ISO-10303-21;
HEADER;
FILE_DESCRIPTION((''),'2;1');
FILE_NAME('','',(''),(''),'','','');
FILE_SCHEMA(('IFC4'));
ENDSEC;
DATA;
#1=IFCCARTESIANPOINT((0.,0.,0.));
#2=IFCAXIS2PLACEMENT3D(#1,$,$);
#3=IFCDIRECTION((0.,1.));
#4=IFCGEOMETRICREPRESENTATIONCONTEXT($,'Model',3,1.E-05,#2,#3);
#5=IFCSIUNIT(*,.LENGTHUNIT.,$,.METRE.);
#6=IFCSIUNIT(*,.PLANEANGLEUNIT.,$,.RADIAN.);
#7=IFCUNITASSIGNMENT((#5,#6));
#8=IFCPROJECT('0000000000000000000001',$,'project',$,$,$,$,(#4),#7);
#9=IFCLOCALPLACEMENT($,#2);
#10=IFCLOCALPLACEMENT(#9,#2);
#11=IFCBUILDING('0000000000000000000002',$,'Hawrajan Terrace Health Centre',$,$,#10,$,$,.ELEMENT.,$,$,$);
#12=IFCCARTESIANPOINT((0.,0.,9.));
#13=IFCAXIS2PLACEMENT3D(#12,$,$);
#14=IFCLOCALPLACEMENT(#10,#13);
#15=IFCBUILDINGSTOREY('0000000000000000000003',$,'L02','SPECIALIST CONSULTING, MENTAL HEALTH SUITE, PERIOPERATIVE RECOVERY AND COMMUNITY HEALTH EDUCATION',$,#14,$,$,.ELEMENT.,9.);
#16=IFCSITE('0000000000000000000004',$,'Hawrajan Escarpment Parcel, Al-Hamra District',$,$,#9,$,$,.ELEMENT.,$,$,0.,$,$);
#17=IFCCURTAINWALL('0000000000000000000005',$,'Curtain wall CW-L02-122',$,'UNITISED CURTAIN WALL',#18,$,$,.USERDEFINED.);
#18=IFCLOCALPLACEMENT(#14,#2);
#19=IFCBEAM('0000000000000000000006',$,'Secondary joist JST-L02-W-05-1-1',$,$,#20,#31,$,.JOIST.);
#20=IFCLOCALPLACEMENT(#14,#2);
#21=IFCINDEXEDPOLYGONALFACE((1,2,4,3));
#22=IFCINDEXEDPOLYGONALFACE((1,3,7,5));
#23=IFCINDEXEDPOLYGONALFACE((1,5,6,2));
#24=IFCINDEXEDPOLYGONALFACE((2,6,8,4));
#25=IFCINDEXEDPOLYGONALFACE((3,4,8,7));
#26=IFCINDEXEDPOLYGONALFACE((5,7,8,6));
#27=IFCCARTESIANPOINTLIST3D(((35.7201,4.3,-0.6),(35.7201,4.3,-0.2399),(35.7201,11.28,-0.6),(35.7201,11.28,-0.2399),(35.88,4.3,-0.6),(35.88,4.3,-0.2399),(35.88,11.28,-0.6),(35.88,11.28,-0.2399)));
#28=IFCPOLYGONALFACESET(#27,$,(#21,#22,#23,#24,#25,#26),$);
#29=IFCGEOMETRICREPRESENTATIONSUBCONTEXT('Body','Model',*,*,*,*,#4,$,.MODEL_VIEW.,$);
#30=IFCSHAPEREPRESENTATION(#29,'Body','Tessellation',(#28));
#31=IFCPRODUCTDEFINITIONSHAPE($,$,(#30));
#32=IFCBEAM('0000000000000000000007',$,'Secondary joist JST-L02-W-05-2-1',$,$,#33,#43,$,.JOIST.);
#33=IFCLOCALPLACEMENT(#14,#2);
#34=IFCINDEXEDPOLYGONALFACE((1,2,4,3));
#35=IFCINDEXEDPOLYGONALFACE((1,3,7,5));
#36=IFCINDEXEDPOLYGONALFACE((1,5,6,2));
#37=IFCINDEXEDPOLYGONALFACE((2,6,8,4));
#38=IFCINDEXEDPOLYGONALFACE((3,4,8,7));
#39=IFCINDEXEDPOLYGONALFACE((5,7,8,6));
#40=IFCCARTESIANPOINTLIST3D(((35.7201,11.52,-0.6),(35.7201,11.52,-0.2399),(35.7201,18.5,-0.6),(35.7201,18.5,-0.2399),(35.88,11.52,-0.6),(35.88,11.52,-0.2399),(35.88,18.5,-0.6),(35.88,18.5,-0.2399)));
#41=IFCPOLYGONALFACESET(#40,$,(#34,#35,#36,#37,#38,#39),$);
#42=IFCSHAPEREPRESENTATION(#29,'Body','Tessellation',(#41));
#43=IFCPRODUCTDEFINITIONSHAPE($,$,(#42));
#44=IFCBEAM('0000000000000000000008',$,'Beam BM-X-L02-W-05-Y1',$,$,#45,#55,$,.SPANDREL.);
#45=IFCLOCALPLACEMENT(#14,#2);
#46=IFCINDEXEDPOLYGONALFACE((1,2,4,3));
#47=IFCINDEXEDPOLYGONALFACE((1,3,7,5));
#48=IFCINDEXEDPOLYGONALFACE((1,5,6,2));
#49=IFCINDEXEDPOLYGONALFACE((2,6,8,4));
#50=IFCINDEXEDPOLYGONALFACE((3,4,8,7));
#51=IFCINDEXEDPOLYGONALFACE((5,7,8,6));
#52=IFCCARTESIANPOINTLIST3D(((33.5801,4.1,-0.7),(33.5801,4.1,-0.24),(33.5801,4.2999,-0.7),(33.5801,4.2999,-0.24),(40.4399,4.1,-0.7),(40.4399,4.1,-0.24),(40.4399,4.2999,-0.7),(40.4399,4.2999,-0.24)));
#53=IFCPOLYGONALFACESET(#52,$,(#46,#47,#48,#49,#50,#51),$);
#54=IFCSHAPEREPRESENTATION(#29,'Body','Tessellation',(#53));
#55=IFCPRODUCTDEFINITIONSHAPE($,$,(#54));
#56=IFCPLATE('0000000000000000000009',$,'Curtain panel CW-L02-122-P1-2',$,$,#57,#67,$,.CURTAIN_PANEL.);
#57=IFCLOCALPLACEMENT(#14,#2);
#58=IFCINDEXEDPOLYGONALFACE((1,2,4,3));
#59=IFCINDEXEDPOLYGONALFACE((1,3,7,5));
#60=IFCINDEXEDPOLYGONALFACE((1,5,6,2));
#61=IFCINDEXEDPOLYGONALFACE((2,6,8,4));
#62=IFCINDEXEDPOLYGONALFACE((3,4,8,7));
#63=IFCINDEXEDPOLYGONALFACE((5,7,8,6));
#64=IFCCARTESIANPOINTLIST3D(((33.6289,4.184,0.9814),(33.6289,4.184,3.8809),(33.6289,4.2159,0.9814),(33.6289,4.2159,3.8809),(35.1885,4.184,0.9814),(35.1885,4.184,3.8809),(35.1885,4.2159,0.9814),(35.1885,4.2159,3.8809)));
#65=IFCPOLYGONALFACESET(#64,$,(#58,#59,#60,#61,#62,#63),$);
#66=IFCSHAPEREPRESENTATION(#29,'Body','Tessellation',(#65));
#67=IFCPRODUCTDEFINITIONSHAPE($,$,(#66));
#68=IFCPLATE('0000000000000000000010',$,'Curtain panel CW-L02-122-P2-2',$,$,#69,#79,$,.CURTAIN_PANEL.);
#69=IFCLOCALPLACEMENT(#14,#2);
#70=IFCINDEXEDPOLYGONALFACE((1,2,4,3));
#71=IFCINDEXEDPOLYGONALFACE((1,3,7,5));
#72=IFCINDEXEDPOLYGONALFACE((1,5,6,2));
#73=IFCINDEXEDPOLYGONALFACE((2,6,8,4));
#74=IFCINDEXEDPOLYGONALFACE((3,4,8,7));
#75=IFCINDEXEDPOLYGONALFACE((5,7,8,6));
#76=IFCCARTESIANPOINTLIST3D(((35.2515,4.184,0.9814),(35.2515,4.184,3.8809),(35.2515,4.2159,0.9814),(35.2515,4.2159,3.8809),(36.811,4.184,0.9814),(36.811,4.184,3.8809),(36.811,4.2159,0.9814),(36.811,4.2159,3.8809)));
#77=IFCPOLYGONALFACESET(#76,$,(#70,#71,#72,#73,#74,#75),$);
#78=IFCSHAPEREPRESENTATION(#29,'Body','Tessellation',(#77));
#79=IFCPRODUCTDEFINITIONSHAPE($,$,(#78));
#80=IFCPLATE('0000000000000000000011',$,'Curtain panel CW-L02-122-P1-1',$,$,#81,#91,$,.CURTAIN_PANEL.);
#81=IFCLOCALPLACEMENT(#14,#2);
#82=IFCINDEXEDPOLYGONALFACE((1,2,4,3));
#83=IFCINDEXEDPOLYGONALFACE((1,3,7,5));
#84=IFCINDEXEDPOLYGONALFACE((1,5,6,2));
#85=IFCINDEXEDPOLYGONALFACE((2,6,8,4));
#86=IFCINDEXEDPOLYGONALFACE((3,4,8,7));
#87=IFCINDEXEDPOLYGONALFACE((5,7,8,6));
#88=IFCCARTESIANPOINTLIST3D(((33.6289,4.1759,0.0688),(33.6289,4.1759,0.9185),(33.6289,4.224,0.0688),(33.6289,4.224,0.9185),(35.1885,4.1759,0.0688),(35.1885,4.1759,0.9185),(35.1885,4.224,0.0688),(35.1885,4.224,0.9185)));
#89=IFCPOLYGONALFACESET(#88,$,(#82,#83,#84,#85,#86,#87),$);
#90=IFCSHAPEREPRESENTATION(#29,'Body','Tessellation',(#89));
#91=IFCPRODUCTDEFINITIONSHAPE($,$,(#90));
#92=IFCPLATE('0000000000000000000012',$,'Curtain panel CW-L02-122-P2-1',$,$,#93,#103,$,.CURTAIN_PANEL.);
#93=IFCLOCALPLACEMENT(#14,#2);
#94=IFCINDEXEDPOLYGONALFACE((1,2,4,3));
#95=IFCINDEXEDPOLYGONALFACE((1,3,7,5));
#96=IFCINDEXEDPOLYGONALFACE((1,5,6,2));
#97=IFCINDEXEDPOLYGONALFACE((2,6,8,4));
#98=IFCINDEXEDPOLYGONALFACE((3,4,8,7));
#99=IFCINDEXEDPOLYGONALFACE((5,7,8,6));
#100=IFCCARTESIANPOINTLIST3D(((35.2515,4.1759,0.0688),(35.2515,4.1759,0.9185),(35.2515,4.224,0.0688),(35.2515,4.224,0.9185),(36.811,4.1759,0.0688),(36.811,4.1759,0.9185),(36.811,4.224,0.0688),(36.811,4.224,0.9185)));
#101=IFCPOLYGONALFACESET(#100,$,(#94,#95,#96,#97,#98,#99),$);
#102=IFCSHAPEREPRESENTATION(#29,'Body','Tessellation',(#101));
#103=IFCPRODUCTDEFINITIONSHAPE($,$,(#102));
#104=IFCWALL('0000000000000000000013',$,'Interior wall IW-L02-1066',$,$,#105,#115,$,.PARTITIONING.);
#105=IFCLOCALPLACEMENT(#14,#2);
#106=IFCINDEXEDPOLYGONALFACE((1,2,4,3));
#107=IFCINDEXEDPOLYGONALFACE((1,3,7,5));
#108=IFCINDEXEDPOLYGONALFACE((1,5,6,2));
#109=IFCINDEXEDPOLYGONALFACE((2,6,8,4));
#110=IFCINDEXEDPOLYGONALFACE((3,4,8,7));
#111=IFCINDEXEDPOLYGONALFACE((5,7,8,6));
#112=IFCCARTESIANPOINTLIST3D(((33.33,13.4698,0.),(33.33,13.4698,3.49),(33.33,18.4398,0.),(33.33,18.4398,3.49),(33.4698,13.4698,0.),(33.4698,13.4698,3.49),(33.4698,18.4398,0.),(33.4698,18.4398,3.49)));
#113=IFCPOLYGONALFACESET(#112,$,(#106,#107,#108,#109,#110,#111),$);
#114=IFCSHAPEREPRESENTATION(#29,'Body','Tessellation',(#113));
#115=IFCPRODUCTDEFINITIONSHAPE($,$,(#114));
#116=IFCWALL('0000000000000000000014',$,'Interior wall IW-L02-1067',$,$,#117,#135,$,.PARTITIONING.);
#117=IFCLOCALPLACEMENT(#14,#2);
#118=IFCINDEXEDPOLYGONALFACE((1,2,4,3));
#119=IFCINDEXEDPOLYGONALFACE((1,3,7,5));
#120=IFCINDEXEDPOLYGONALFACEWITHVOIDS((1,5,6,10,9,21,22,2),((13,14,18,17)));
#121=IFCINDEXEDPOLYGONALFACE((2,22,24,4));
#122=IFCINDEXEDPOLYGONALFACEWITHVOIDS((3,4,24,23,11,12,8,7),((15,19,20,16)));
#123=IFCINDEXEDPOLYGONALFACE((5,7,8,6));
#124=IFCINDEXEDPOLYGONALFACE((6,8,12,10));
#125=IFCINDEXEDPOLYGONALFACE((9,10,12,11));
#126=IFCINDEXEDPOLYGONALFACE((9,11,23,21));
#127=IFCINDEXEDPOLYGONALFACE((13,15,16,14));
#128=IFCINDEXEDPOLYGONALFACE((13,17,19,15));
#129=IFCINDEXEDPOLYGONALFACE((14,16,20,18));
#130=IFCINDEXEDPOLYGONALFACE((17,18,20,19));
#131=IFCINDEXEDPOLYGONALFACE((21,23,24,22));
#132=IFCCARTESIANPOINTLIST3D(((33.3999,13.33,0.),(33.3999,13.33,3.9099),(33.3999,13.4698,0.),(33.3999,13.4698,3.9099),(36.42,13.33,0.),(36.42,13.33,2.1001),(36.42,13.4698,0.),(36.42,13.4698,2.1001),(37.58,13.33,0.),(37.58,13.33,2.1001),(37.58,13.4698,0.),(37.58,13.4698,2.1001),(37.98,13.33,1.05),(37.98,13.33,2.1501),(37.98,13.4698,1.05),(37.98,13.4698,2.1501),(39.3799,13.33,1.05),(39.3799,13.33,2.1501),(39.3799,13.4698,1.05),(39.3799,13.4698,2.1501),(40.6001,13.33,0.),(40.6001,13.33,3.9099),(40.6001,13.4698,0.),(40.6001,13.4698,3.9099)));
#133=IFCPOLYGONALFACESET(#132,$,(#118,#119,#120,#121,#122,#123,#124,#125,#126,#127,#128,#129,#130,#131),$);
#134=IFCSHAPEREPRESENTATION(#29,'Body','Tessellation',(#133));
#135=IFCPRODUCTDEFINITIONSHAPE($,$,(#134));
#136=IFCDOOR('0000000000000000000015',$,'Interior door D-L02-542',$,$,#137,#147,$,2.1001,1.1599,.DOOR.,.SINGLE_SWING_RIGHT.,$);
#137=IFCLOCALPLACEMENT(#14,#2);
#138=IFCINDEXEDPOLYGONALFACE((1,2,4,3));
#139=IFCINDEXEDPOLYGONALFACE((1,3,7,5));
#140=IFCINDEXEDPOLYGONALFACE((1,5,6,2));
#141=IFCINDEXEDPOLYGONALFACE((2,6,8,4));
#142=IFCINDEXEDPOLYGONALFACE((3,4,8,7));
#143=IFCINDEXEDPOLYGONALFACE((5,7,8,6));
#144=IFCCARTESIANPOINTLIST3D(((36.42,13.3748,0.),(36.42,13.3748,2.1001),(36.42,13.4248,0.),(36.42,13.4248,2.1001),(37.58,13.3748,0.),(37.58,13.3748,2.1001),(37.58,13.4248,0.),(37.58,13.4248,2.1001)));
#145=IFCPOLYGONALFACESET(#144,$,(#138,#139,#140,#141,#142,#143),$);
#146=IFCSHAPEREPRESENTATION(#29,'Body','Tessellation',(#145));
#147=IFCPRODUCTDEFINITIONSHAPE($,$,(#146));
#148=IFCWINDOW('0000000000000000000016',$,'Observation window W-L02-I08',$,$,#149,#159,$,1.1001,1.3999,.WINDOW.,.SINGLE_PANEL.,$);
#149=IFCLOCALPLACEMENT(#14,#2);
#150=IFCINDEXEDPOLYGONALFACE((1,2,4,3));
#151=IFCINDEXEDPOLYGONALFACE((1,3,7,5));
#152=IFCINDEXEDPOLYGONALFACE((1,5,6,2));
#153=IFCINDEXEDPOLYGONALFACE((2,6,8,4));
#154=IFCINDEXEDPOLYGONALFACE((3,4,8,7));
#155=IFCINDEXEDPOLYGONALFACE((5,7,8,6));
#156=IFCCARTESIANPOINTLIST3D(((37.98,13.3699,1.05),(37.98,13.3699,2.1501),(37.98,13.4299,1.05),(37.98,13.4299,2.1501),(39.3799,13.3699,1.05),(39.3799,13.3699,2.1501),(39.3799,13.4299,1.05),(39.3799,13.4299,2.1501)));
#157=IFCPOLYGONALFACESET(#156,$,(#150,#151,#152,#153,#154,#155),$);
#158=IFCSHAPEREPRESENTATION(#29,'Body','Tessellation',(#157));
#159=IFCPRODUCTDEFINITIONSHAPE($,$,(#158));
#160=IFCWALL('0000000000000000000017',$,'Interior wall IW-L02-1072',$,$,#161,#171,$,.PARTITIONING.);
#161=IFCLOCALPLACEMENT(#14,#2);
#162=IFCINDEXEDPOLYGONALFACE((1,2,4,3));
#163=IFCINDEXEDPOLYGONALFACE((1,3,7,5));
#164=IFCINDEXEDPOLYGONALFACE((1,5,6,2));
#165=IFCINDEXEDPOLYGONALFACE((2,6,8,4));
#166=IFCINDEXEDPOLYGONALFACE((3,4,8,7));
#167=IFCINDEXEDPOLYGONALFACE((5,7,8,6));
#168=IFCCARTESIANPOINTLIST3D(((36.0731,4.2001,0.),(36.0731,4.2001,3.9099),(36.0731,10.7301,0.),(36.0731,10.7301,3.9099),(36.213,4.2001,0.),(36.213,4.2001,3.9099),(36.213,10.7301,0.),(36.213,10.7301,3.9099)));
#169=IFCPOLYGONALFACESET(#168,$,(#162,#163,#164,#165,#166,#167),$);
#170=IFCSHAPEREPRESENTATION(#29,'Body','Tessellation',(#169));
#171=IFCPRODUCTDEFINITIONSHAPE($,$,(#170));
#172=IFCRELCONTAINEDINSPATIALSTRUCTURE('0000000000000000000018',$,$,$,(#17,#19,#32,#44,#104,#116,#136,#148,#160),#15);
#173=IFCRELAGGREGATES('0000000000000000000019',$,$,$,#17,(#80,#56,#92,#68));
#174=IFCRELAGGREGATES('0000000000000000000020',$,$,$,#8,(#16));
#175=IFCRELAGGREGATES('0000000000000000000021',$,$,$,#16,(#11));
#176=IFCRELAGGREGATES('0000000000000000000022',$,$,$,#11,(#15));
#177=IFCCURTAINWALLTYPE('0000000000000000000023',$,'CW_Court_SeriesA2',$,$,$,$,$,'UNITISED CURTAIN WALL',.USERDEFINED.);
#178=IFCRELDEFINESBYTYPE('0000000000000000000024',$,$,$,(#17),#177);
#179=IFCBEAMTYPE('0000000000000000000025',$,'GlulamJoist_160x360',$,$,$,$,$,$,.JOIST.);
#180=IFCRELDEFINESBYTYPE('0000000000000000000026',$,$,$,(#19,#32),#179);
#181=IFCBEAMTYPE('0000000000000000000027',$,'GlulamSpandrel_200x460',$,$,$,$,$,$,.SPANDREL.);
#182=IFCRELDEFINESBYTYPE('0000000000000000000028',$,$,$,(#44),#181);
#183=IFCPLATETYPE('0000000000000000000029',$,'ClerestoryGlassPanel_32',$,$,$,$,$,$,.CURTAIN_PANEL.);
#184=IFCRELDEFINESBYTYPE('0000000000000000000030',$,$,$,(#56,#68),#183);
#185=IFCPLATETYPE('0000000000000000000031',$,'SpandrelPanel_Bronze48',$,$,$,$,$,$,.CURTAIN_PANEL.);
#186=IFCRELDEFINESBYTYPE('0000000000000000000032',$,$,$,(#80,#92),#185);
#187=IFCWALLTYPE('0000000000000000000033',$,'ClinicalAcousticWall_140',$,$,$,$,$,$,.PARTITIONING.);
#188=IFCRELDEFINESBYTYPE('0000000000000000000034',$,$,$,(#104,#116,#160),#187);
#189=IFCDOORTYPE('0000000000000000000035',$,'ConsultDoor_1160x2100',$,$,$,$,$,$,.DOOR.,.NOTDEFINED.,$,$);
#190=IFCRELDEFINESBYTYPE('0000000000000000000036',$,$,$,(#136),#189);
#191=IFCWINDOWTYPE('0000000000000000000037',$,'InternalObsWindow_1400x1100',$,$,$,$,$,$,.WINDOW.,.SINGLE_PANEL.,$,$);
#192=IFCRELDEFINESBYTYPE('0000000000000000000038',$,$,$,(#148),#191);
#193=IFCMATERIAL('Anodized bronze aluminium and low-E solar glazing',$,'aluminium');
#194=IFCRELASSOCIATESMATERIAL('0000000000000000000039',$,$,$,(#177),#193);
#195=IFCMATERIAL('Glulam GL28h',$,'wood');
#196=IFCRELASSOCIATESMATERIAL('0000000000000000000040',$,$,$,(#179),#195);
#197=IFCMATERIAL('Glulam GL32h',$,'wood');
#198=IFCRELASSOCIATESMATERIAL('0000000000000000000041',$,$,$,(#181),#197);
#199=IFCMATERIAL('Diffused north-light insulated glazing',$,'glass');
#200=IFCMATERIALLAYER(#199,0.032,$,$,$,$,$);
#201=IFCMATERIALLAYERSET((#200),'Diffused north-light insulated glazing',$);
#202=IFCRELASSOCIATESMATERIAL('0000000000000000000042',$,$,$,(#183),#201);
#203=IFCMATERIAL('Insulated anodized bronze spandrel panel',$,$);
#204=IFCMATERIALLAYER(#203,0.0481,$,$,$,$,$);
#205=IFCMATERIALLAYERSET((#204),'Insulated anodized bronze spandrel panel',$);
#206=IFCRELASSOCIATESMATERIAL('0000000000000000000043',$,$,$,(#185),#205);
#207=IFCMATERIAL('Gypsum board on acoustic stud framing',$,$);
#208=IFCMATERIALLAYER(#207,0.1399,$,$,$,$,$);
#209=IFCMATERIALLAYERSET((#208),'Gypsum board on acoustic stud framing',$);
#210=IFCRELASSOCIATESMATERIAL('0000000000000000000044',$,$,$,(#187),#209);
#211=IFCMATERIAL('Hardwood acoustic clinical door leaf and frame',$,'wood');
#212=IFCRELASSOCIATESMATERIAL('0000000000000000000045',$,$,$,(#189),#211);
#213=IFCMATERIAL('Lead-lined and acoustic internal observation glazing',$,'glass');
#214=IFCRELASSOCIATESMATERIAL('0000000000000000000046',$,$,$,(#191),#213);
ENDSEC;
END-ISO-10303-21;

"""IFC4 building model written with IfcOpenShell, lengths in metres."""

from ifc_helpers import new_model, si_unit, direction, frame, frame_2d, origin, origin_2d, place, context, subcontext, project, spatial, rectangle, extrude, material, layer, layer_set, material_profile, profile_set, type_object, element, fill, aggregate, save


model = new_model("IFC4")

# Units and contexts
model_context = context("Model", 3, precision=1e-05, world=origin(), true_north=direction((0.0, 1.0)))
body_context = subcontext(model_context, "Body", "Model", "MODEL_VIEW")
ifc_project = project(units=[si_unit("LENGTHUNIT", "METRE"), si_unit("PLANEANGLEUNIT", "RADIAN")], contexts=[model_context])

# Site, building, storey
site_placement = place(None, origin())
site = spatial("IfcSite", under=ifc_project, at=site_placement, Name="Hawrajan Escarpment Parcel, Al-Hamra District", CompositionType="ELEMENT", RefElevation=0.0)
building_placement = place(site_placement, origin())
building = spatial("IfcBuilding", under=site, at=building_placement, Name="Hawrajan Terrace Health Centre", CompositionType="ELEMENT")
storey_placement = place(building_placement, frame((0.0, 0.0, 9.0)))
storey = spatial("IfcBuildingStorey", under=building, at=storey_placement, Name="L02", Description="SPECIALIST CONSULTING, MENTAL HEALTH SUITE, PERIOPERATIVE RECOVERY AND COMMUNITY HEALTH EDUCATION", CompositionType="ELEMENT", Elevation=9.0)

# Shared definitions
ifc_material_1 = material(Name="Glulam GL32h", Category="wood")

# Curtain wall
ifc_material_2 = material(Name="Anodized bronze aluminium and low-E solar glazing", Category="aluminium")
curtain_wall_type = type_object("IfcCurtainWallType", Name="CW_Court_SeriesA2", ElementType="UNITISED CURTAIN WALL", PredefinedType="USERDEFINED", material=ifc_material_2)
curtain_wall_placement = place(storey_placement, origin())
curtain_wall = element("IfcCurtainWall", 1, at=curtain_wall_placement, inside=storey, type_object=curtain_wall_type, Name="Curtain wall CW-L02-122", ObjectType="UNITISED CURTAIN WALL", PredefinedType="USERDEFINED")

# Beams
ifc_material_3 = material(Name="Glulam GL28h", Category="wood")
ifc_material_profile_1 = material_profile(ifc_material_3, rectangle(XDim=0.1599, YDim=0.3601, at=origin_2d()), Name="GL JST 160x360")
ifc_profile_set_1 = profile_set([ifc_material_profile_1], Name="Glulam GL28h")
beam_type_1 = type_object("IfcBeamType", Name="GlulamJoist_160x360", PredefinedType="JOIST", material=ifc_profile_set_1)
for number, where, z_axis, x_axis, name in (
    (2, (35.8, 4.3, -0.4199), (0.0, 1.0, 0.0), (-1.0, 0.0, 0.0), "Secondary joist JST-L02-W-05-1-1"),
    (3, (35.8, 11.52, -0.4199), (0.0, 1.0, 0.0), (-1.0, 0.0, 0.0), "Secondary joist JST-L02-W-05-2-1"),
):
    element("IfcBeam", number, at=place(storey_placement, frame(where, z_axis=z_axis, x_axis=x_axis)), inside=storey, type_object=beam_type_1, Name=name, PredefinedType="JOIST", context=body_context, shape_type="SweptSolid", body=[
        extrude(rectangle(XDim=0.1599, YDim=0.3601, at=origin_2d()), origin(), (0.0, 0.0, 1.0), 6.98),
    ])
ifc_material_profile_2 = material_profile(ifc_material_1, rectangle(XDim=0.2, YDim=0.46, at=origin_2d()), Name="GL SP 200x460")
ifc_profile_set_2 = profile_set([ifc_material_profile_2], Name="Glulam GL32h")
beam_type_2 = type_object("IfcBeamType", Name="GlulamSpandrel_200x460", PredefinedType="SPANDREL", material=ifc_profile_set_2)
beam_1_placement = place(storey_placement, frame((33.5801, 4.2, -0.47), z_axis=(1.0, 0.0, 0.0), x_axis=(0.0, 1.0, 0.0)))
element("IfcBeam", 4, at=beam_1_placement, inside=storey, type_object=beam_type_2, Name="Beam BM-X-L02-W-05-Y1", PredefinedType="SPANDREL", context=body_context, shape_type="SweptSolid", body=[
    extrude(rectangle(XDim=0.2, YDim=0.46, at=origin_2d()), origin(), (0.0, 0.0, 1.0), 6.8599),
])

# Plates
ifc_material_4 = material(Name="Diffused north-light insulated glazing", Category="glass")
ifc_layer_1 = layer(ifc_material_4, 0.032)
ifc_layer_set_1 = layer_set([ifc_layer_1], Name="Diffused north-light insulated glazing")
plate_type_1 = type_object("IfcPlateType", Name="ClerestoryGlassPanel_32", PredefinedType="CURTAIN_PANEL", material=ifc_layer_set_1)
plate_1_placement = place(storey_placement, frame((34.4087, 4.2, 0.9814), z_axis=(0.0, 0.0, 1.0), x_axis=(1.0, 0.0, 0.0)))
plate_1 = element("IfcPlate", 5, at=plate_1_placement, type_object=plate_type_1, Name="Curtain panel CW-L02-122-P1-2", PredefinedType="CURTAIN_PANEL", context=body_context, shape_type="SweptSolid", body=[
    extrude(rectangle(XDim=1.5596, YDim=0.032, at=origin_2d()), origin(), (0.0, 0.0, 1.0), 2.8994),
])
plate_2_placement = place(storey_placement, frame((36.0312, 4.2, 0.9814), z_axis=(0.0, 0.0, 1.0), x_axis=(1.0, 0.0, 0.0)))
plate_2 = element("IfcPlate", 6, at=plate_2_placement, type_object=plate_type_1, Name="Curtain panel CW-L02-122-P2-2", PredefinedType="CURTAIN_PANEL", context=body_context, shape_type="SweptSolid", body=[
    extrude(rectangle(XDim=1.5596, YDim=0.032, at=origin_2d()), origin(), (0.0, 0.0, 1.0), 2.8994),
])
ifc_material_5 = material(Name="Insulated anodized bronze spandrel panel")
ifc_layer_2 = layer(ifc_material_5, 0.0481)
ifc_layer_set_2 = layer_set([ifc_layer_2], Name="Insulated anodized bronze spandrel panel")
plate_type_2 = type_object("IfcPlateType", Name="SpandrelPanel_Bronze48", PredefinedType="CURTAIN_PANEL", material=ifc_layer_set_2)
plate_3_placement = place(storey_placement, frame((34.4087, 4.2, 0.0688), z_axis=(0.0, 0.0, 1.0), x_axis=(1.0, 0.0, 0.0)))
plate_3 = element("IfcPlate", 7, at=plate_3_placement, type_object=plate_type_2, Name="Curtain panel CW-L02-122-P1-1", PredefinedType="CURTAIN_PANEL", context=body_context, shape_type="SweptSolid", body=[
    extrude(rectangle(XDim=1.5596, YDim=0.0481, at=origin_2d()), origin(), (0.0, 0.0, 1.0), 0.8496),
])
plate_4_placement = place(storey_placement, frame((36.0312, 4.2, 0.0688), z_axis=(0.0, 0.0, 1.0), x_axis=(1.0, 0.0, 0.0)))
plate_4 = element("IfcPlate", 8, at=plate_4_placement, type_object=plate_type_2, Name="Curtain panel CW-L02-122-P2-1", PredefinedType="CURTAIN_PANEL", context=body_context, shape_type="SweptSolid", body=[
    extrude(rectangle(XDim=1.5596, YDim=0.0481, at=origin_2d()), origin(), (0.0, 0.0, 1.0), 0.8496),
])
aggregate(curtain_wall, [plate_3, plate_1, plate_4, plate_2])

# Wall
ifc_material_6 = material(Name="Gypsum board on acoustic stud framing")
ifc_layer_3 = layer(ifc_material_6, 0.1399)
ifc_layer_set_3 = layer_set([ifc_layer_3], Name="Gypsum board on acoustic stud framing")
wall_type = type_object("IfcWallType", Name="ClinicalAcousticWall_140", PredefinedType="PARTITIONING", material=ifc_layer_set_3)
wall_1_placement = place(storey_placement, frame((33.3999, 13.47, 0.0), z_axis=(0.0, 0.0, 1.0), x_axis=(0.0, 1.0, 0.0)))
element("IfcWall", 9, at=wall_1_placement, inside=storey, type_object=wall_type, Name="Interior wall IW-L02-1066", PredefinedType="PARTITIONING", context=body_context, shape_type="SweptSolid", body=[
    extrude(rectangle(XDim=4.97, YDim=0.1399, at=frame_2d((2.4849, 0.0))), origin(), (0.0, 0.0, 1.0), 3.49),
])

# Wall, openings, door, window
wall_2_placement = place(storey_placement, frame((33.3999, 13.3999, 0.0), z_axis=(0.0, 0.0, 1.0), x_axis=(1.0, 0.0, 0.0)))
wall_2 = element("IfcWall", 10, at=wall_2_placement, inside=storey, type_object=wall_type, Name="Interior wall IW-L02-1067", PredefinedType="PARTITIONING", context=body_context, shape_type="SweptSolid", body=[
    extrude(rectangle(XDim=7.2002, YDim=0.1399, at=frame_2d((3.6001, 0.0))), origin(), (0.0, 0.0, 1.0), 3.9099),
])
opening_1_placement = place(wall_2_placement, frame((3.02, 0.0, 0.0)))
opening_1 = element("IfcOpeningElement", 11, at=opening_1_placement, cuts=wall_2, PredefinedType="OPENING", context=body_context, shape_type="SweptSolid", body=[
    extrude(rectangle(XDim=1.1599, YDim=2.1001, at=frame_2d((0.5801, 1.05))), frame((0.0, 0.0798, 0.0), z_axis=(0.0, -1.0, 0.0), x_axis=(1.0, 0.0, 0.0)), (0.0, 0.0, 1.0), 0.1599),
])
opening_2_placement = place(wall_2_placement, frame((4.5801, 0.0, 1.05)))
opening_2 = element("IfcOpeningElement", 12, at=opening_2_placement, cuts=wall_2, PredefinedType="OPENING", context=body_context, shape_type="SweptSolid", body=[
    extrude(rectangle(XDim=1.3999, YDim=1.1001, at=frame_2d((0.7, 0.55))), frame((0.0, 0.0798, 0.0), z_axis=(0.0, -1.0, 0.0), x_axis=(1.0, 0.0, 0.0)), (0.0, 0.0, 1.0), 0.1599),
])
ifc_material_7 = material(Name="Hardwood acoustic clinical door leaf and frame", Category="wood")
door_type = type_object("IfcDoorType", Name="ConsultDoor_1160x2100", OperationType="NOTDEFINED", PredefinedType="DOOR", material=ifc_material_7)
door_placement = place(opening_1_placement, origin())
door = element("IfcDoor", 13, at=door_placement, inside=storey, type_object=door_type, Name="Interior door D-L02-542", OperationType="SINGLE_SWING_RIGHT", OverallHeight=2.1001, OverallWidth=1.1599, PredefinedType="DOOR", context=body_context, shape_type="SweptSolid", body=[
    extrude(rectangle(XDim=1.1599, YDim=2.1001, at=frame_2d((0.5801, 1.05))), frame((0.0, 0.0249, 0.0), z_axis=(0.0, -1.0, 0.0), x_axis=(1.0, 0.0, 0.0)), (0.0, 0.0, 1.0), 0.05),
])
fill(opening_1, door)
ifc_material_8 = material(Name="Lead-lined and acoustic internal observation glazing", Category="glass")
window_type = type_object("IfcWindowType", Name="InternalObsWindow_1400x1100", PartitioningType="SINGLE_PANEL", PredefinedType="WINDOW", material=ifc_material_8)
window_placement = place(opening_2_placement, origin())
window = element("IfcWindow", 14, at=window_placement, inside=storey, type_object=window_type, Name="Observation window W-L02-I08", OverallHeight=1.1001, OverallWidth=1.3999, PartitioningType="SINGLE_PANEL", PredefinedType="WINDOW", context=body_context, shape_type="SweptSolid", body=[
    extrude(rectangle(XDim=1.3999, YDim=1.1001, at=frame_2d((0.7, 0.55))), frame((0.0, 0.03, 0.0), z_axis=(0.0, -1.0, 0.0), x_axis=(1.0, 0.0, 0.0)), (0.0, 0.0, 1.0), 0.0601),
])
fill(opening_2, window)

# Wall
wall_3_placement = place(storey_placement, frame((36.1431, 4.2, 0.0), z_axis=(0.0, 0.0, 1.0), x_axis=(0.0, 1.0, 0.0)))
element("IfcWall", 15, at=wall_3_placement, inside=storey, type_object=wall_type, Name="Interior wall IW-L02-1072", PredefinedType="PARTITIONING", context=body_context, shape_type="SweptSolid", body=[
    extrude(rectangle(XDim=6.53, YDim=0.1399, at=frame_2d((3.2651, 0.0))), origin(), (0.0, 0.0, 1.0), 3.9099),
])

save(model, "model.ifc")
